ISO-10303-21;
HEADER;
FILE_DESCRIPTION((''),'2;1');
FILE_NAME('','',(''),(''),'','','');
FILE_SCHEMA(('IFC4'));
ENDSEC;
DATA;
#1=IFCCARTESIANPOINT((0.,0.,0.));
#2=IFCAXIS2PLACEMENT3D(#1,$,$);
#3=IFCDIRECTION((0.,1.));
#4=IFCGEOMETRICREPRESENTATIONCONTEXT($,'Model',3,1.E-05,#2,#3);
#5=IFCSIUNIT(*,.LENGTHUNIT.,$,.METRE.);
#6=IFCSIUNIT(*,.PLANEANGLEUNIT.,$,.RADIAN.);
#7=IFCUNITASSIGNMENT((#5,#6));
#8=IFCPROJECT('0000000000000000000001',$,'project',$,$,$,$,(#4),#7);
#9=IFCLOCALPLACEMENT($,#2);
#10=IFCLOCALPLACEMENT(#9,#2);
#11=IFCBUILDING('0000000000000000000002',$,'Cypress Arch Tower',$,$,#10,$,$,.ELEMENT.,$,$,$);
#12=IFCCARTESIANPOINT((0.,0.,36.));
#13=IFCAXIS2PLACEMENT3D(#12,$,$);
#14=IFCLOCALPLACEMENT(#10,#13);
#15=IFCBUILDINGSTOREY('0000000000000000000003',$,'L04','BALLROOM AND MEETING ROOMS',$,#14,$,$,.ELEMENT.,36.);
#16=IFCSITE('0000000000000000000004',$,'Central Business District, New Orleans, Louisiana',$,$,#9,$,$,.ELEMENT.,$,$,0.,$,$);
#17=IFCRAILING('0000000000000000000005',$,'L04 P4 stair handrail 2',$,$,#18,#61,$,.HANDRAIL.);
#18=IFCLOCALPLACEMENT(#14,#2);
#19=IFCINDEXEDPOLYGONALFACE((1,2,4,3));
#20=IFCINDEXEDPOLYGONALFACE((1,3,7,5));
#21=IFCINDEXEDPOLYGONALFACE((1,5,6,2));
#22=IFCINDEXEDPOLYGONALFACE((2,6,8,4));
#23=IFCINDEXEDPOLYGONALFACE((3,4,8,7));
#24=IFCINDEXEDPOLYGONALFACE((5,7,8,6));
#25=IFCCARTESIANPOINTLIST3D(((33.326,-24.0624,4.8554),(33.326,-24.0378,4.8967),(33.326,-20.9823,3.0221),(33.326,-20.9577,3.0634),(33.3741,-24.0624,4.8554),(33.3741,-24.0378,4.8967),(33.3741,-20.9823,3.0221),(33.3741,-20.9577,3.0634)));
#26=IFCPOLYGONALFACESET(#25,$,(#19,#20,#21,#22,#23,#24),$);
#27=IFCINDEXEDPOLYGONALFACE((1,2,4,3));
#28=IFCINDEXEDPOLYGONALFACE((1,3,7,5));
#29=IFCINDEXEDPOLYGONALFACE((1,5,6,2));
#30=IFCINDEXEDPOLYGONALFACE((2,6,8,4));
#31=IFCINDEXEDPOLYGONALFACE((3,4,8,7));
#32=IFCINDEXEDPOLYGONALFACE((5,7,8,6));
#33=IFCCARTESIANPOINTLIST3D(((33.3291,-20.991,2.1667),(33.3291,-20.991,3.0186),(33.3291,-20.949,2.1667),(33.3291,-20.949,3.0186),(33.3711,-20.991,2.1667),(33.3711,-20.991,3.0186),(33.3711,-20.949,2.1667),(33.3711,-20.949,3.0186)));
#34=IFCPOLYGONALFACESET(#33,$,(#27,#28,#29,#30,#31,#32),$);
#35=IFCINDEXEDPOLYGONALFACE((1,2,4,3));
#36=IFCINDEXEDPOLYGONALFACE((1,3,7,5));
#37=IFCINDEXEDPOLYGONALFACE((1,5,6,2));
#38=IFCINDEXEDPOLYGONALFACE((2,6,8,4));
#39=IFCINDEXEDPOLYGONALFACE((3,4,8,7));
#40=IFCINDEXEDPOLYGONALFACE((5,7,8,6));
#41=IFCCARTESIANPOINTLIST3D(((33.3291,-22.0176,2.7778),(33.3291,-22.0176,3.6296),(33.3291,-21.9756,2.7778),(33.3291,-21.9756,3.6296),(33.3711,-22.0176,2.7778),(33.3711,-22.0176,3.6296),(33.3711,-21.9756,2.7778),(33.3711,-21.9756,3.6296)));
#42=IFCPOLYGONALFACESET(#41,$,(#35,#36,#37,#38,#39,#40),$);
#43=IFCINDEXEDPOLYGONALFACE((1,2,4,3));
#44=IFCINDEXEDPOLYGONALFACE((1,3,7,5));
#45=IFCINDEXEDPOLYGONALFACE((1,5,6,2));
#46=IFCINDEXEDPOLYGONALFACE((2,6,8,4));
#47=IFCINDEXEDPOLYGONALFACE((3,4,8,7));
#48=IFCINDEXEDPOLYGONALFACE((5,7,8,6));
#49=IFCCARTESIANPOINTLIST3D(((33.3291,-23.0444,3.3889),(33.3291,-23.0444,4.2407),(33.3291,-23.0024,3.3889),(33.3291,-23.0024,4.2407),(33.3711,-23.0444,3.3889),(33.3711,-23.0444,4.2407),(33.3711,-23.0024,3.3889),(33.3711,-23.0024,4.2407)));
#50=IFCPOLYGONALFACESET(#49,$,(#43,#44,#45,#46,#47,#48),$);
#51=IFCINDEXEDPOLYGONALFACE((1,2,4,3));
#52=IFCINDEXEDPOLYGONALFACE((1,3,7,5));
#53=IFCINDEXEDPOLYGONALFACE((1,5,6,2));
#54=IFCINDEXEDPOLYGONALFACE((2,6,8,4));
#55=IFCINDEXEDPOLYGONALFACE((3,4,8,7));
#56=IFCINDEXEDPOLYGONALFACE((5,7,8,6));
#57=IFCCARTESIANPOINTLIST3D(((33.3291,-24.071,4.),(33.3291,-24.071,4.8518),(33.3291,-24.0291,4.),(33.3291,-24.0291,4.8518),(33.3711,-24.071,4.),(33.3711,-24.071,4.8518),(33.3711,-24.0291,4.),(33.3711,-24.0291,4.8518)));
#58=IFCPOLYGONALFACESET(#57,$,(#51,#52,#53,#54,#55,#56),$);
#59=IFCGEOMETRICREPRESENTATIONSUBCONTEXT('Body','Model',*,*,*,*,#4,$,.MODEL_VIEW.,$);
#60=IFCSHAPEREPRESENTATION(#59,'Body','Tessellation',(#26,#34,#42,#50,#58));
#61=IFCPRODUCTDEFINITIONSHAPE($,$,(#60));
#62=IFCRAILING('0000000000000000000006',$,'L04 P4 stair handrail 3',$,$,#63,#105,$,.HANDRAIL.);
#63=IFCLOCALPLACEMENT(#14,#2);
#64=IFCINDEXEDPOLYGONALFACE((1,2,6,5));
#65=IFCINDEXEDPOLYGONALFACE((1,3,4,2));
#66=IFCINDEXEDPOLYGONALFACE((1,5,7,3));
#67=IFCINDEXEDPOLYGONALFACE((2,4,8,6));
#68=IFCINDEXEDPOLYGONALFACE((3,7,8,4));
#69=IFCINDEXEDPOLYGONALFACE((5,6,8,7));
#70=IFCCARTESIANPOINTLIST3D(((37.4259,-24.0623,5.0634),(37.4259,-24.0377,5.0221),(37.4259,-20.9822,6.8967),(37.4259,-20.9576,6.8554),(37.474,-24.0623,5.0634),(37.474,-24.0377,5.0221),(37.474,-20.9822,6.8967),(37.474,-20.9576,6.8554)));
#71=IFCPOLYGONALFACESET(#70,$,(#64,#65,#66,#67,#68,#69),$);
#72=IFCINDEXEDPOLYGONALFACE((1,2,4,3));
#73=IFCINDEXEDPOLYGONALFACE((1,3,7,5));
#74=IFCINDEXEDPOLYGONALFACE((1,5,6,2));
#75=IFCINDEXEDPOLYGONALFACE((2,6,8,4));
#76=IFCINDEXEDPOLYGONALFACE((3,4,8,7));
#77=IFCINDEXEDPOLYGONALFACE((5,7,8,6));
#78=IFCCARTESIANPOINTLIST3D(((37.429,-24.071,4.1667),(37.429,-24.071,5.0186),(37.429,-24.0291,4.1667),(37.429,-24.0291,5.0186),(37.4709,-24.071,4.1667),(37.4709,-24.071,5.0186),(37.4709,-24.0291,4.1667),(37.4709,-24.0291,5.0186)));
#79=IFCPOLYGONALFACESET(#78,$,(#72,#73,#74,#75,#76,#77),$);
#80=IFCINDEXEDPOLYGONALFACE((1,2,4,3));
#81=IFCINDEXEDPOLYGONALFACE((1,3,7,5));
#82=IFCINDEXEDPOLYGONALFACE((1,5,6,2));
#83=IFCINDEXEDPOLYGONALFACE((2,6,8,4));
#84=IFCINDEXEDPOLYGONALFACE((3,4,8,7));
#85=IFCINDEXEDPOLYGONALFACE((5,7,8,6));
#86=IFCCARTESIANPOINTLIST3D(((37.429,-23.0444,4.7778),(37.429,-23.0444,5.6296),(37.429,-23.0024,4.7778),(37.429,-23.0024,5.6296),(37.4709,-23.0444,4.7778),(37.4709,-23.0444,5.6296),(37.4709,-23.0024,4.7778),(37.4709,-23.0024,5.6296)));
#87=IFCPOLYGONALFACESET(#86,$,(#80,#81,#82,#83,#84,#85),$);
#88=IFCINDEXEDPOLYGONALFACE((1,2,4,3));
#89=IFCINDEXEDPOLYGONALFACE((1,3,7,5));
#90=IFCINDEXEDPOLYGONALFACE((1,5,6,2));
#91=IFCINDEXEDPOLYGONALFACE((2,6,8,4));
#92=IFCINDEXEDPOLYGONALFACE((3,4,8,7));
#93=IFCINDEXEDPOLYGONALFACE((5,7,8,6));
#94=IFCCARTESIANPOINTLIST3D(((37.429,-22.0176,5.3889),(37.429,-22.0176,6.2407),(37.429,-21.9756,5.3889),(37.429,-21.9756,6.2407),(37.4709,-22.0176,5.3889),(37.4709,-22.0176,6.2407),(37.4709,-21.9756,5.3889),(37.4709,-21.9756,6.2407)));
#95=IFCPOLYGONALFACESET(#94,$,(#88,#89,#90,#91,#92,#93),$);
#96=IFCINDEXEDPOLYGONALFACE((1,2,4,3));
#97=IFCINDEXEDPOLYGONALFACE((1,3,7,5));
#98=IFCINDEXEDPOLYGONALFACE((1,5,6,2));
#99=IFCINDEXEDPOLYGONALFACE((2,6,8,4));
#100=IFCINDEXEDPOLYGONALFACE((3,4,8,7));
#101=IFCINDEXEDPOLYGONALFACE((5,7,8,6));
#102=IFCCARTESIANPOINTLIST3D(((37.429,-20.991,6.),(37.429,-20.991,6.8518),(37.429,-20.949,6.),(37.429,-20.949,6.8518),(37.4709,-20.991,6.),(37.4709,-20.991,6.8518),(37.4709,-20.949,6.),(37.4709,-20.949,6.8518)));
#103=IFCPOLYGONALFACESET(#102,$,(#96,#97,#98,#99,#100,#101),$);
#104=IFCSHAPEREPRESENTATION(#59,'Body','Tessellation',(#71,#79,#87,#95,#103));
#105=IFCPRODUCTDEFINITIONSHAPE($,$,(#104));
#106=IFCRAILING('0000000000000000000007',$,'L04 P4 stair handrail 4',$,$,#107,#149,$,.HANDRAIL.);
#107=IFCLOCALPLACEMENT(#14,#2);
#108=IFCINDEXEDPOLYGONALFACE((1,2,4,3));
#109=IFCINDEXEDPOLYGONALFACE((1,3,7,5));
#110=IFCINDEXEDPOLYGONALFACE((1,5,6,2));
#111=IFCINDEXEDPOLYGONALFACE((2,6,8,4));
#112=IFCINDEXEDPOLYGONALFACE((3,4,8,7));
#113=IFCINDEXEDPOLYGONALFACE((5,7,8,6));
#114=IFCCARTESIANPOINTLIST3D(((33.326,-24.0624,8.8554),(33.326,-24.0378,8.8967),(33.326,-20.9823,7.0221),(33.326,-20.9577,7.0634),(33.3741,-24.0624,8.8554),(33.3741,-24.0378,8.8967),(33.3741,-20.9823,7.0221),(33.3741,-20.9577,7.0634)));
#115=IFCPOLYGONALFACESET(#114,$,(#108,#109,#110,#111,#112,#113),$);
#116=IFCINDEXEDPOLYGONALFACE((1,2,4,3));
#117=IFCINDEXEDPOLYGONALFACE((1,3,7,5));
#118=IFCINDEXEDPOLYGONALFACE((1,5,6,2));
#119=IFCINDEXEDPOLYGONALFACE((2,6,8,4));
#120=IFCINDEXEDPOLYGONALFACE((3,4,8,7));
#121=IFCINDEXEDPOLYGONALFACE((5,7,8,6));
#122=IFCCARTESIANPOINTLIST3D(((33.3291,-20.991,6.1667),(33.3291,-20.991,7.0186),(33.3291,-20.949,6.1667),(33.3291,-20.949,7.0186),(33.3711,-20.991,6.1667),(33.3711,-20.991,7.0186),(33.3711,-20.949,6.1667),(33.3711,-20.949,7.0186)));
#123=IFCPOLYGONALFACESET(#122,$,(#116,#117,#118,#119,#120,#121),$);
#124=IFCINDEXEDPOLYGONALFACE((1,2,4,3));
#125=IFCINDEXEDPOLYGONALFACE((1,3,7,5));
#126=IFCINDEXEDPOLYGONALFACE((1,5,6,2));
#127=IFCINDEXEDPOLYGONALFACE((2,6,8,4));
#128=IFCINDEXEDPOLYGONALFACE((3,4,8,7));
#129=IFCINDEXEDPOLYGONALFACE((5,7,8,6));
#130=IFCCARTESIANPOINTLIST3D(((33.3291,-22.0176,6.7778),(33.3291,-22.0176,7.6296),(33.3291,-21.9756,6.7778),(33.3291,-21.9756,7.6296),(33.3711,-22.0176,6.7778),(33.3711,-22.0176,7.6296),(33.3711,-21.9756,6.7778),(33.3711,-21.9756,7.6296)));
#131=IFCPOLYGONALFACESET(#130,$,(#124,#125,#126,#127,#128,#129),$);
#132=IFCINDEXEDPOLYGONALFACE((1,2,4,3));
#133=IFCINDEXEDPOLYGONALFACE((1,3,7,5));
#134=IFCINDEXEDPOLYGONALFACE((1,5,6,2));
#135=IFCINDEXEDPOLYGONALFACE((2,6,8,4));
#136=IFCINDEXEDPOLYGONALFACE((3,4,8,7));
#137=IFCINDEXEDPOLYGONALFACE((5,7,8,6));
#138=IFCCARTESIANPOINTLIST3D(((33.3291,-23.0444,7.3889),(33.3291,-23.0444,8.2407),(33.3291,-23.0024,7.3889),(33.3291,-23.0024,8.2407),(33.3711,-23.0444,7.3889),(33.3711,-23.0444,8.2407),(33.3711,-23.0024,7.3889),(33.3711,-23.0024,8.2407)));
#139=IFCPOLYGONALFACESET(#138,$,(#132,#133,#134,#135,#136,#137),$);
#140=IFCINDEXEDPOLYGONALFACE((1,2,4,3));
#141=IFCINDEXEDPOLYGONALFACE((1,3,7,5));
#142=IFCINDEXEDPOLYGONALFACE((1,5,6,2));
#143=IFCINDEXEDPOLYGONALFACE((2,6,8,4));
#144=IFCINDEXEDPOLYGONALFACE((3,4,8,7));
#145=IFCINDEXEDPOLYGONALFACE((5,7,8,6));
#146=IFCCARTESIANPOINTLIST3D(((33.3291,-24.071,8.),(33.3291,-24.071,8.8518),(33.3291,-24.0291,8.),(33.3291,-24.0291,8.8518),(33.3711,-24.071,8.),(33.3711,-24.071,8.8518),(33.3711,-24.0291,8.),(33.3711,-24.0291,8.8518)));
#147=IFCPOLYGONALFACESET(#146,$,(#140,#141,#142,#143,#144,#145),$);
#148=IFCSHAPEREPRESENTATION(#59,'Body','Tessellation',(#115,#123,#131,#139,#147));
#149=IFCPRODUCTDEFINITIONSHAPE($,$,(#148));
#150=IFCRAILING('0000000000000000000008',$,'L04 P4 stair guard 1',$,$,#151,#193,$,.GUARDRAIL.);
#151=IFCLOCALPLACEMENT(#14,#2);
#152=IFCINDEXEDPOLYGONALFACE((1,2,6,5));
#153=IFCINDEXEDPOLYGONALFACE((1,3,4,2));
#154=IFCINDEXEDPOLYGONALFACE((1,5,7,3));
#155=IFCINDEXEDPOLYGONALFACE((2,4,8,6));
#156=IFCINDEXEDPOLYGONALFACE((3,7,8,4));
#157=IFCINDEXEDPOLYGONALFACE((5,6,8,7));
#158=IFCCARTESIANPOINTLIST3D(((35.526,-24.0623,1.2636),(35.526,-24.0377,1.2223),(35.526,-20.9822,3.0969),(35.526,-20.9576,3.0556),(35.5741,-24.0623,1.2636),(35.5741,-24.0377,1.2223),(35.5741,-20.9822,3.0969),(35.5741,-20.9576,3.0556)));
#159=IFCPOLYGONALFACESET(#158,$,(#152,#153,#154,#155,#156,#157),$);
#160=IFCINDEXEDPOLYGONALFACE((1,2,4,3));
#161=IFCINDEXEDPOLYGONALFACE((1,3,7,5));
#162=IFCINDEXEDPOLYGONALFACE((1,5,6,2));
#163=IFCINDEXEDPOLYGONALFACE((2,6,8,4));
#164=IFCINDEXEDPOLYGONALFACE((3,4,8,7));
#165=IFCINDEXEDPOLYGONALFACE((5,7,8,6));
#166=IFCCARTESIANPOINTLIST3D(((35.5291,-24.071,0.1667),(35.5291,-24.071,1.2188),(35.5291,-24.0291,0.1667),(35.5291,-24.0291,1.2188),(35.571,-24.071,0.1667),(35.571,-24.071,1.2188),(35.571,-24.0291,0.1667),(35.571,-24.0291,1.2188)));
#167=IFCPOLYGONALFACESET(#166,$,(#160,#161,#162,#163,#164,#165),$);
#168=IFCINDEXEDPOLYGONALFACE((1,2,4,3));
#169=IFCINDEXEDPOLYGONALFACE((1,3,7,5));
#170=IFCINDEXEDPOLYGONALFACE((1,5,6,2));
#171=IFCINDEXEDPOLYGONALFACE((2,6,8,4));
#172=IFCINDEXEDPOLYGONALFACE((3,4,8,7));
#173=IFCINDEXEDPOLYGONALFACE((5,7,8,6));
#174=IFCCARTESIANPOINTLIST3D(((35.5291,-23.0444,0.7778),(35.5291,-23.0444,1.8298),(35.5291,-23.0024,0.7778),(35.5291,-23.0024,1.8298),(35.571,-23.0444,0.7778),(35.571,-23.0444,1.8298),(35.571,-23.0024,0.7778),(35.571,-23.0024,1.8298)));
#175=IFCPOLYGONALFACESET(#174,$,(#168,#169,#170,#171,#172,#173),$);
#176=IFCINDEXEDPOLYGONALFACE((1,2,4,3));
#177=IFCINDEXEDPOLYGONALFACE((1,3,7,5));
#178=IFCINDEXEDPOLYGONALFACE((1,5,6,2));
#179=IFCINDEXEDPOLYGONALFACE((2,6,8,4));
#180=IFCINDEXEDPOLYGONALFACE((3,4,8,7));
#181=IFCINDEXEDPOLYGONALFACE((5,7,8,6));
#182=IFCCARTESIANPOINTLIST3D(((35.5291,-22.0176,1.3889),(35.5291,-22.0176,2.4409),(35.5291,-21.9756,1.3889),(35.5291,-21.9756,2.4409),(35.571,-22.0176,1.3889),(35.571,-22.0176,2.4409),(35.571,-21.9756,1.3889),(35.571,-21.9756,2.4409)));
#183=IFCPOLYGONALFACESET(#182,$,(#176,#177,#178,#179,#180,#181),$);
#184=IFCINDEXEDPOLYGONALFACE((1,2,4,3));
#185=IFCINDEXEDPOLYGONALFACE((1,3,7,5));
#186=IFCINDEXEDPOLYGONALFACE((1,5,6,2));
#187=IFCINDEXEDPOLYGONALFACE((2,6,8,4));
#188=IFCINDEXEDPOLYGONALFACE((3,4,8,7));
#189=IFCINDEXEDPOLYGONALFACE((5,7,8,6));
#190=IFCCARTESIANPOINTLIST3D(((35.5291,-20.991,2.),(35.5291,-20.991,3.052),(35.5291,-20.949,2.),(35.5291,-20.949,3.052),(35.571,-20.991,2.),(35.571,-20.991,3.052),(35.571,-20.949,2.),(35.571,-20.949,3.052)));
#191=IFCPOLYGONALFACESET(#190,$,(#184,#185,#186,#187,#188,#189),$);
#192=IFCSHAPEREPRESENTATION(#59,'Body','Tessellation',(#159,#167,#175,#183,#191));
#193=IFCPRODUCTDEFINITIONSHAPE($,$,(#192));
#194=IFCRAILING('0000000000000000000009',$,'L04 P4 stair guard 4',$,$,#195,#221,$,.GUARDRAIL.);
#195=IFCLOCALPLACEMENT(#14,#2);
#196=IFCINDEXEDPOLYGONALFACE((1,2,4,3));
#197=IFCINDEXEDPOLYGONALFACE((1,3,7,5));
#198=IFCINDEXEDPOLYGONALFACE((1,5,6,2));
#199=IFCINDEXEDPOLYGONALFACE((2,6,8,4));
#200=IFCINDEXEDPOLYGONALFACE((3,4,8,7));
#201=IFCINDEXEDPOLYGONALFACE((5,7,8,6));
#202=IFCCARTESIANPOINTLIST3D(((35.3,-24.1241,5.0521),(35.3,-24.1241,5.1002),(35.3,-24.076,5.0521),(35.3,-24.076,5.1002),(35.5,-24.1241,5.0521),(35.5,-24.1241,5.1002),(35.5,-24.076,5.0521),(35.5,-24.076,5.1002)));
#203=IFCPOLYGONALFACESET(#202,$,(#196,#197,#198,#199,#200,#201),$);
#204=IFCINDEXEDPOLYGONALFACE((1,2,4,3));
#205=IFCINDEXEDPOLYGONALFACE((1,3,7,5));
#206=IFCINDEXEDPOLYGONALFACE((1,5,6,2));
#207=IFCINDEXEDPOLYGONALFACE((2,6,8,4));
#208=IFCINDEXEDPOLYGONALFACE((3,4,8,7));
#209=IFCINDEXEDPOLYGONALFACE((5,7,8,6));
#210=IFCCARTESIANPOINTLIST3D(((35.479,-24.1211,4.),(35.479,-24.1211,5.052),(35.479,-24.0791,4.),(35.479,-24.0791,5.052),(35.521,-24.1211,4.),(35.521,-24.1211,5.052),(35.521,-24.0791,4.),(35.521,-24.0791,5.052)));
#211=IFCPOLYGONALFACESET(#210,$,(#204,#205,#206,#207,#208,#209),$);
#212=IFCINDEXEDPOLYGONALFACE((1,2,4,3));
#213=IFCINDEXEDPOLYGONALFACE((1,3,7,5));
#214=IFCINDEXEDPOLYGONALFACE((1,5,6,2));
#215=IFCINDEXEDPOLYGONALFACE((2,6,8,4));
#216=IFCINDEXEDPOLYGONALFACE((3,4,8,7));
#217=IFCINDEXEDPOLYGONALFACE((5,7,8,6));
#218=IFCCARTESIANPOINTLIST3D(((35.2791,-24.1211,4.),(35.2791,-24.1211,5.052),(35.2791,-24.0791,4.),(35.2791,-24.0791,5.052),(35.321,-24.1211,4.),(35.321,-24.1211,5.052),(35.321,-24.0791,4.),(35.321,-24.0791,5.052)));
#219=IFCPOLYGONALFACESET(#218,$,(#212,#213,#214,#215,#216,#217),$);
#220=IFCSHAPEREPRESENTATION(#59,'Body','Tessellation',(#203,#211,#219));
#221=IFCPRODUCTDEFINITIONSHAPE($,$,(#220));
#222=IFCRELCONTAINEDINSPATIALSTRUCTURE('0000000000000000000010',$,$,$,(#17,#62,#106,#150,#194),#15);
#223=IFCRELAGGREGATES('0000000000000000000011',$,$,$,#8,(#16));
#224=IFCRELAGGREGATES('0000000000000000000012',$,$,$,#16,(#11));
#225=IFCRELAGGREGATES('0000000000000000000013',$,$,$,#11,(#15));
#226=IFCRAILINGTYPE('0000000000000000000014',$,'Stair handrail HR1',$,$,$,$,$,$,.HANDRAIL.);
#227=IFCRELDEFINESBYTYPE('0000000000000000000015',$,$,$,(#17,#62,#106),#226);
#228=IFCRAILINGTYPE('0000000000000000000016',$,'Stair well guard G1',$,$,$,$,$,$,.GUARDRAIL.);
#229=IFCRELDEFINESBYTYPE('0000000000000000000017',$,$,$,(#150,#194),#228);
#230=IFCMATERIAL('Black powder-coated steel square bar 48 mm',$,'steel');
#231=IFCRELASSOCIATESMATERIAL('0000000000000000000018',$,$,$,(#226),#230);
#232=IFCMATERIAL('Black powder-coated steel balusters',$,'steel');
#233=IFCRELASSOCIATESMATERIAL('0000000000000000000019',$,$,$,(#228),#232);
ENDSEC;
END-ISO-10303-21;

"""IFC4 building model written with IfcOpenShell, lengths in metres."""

from ifc_helpers import new_model, si_unit, direction, frame, origin, origin_2d, place, context, subcontext, project, spatial, rectangle, extrude, material, type_object, element, save


model = new_model("IFC4")

# Units and contexts
model_context = context("Model", 3, precision=1e-05, world=origin(), true_north=direction((0.0, 1.0)))
body_context = subcontext(model_context, "Body", "Model", "MODEL_VIEW")
ifc_project = project(units=[si_unit("LENGTHUNIT", "METRE"), si_unit("PLANEANGLEUNIT", "RADIAN")], contexts=[model_context])

# Site, building, storey
site_placement = place(None, origin())
site = spatial("IfcSite", under=ifc_project, at=site_placement, Name="Central Business District, New Orleans, Louisiana", CompositionType="ELEMENT", RefElevation=0.0)
building_placement = place(site_placement, origin())
building = spatial("IfcBuilding", under=site, at=building_placement, Name="Cypress Arch Tower", CompositionType="ELEMENT")
storey_placement = place(building_placement, frame((0.0, 0.0, 36.0)))
storey = spatial("IfcBuildingStorey", under=building, at=storey_placement, Name="L04", Description="BALLROOM AND MEETING ROOMS", CompositionType="ELEMENT", Elevation=36.0)

# Railings
ifc_material_1 = material(Name="Black powder-coated steel square bar 48 mm", Category="steel")
railing_type_1 = type_object("IfcRailingType", Name="Stair handrail HR1", PredefinedType="HANDRAIL", material=ifc_material_1)
railing_1_placement = place(storey_placement, frame((33.3501, -20.97, 2.1667)))
element("IfcRailing", 1, at=railing_1_placement, inside=storey, type_object=railing_type_1, Name="L04 P4 stair handrail 2", PredefinedType="HANDRAIL", context=body_context, shape_type="SweptSolid", body=[
    extrude(rectangle(XDim=0.0481, YDim=0.0481, at=origin_2d()), frame((0.0, 0.0, 0.876), z_axis=(0.0, -0.859309, 0.511458), x_axis=(1.0, 0.0, 0.0)), (0.0, 0.0, 1.0), 3.5845),
    extrude(rectangle(XDim=0.042, YDim=0.042, at=origin_2d()), origin(), (0.0, 0.0, 1.0), 0.8518),
    extrude(rectangle(XDim=0.042, YDim=0.042, at=origin_2d()), frame((0.0, -1.0266, 0.6111)), (0.0, 0.0, 1.0), 0.8518),
    extrude(rectangle(XDim=0.042, YDim=0.042, at=origin_2d()), frame((0.0, -2.0535, 1.2222)), (0.0, 0.0, 1.0), 0.8518),
    extrude(rectangle(XDim=0.042, YDim=0.042, at=origin_2d()), frame((0.0, -3.0801, 1.8333)), (0.0, 0.0, 1.0), 0.8518),
])
railing_2_placement = place(storey_placement, frame((37.45, -24.05, 4.1667)))
element("IfcRailing", 2, at=railing_2_placement, inside=storey, type_object=railing_type_1, Name="L04 P4 stair handrail 3", PredefinedType="HANDRAIL", context=body_context, shape_type="SweptSolid", body=[
    extrude(rectangle(XDim=0.0481, YDim=0.0481, at=origin_2d()), frame((0.0, 0.0, 0.876), z_axis=(0.0, 0.859309, 0.511458), x_axis=(-1.0, 0.0, 0.0)), (0.0, 0.0, 1.0), 3.5845),
    extrude(rectangle(XDim=0.042, YDim=0.042, at=origin_2d()), origin(), (0.0, 0.0, 1.0), 0.8518),
    extrude(rectangle(XDim=0.042, YDim=0.042, at=origin_2d()), frame((0.0, 1.0266, 0.6111)), (0.0, 0.0, 1.0), 0.8518),
    extrude(rectangle(XDim=0.042, YDim=0.042, at=origin_2d()), frame((0.0, 2.0535, 1.2222)), (0.0, 0.0, 1.0), 0.8518),
    extrude(rectangle(XDim=0.042, YDim=0.042, at=origin_2d()), frame((0.0, 3.0801, 1.8333)), (0.0, 0.0, 1.0), 0.8518),
])
railing_3_placement = place(storey_placement, frame((33.3501, -20.97, 6.1667)))
element("IfcRailing", 3, at=railing_3_placement, inside=storey, type_object=railing_type_1, Name="L04 P4 stair handrail 4", PredefinedType="HANDRAIL", context=body_context, shape_type="SweptSolid", body=[
    extrude(rectangle(XDim=0.0481, YDim=0.0481, at=origin_2d()), frame((0.0, 0.0, 0.876), z_axis=(0.0, -0.859309, 0.511458), x_axis=(1.0, 0.0, 0.0)), (0.0, 0.0, 1.0), 3.5845),
    extrude(rectangle(XDim=0.042, YDim=0.042, at=origin_2d()), origin(), (0.0, 0.0, 1.0), 0.8518),
    extrude(rectangle(XDim=0.042, YDim=0.042, at=origin_2d()), frame((0.0, -1.0266, 0.6111)), (0.0, 0.0, 1.0), 0.8518),
    extrude(rectangle(XDim=0.042, YDim=0.042, at=origin_2d()), frame((0.0, -2.0535, 1.2222)), (0.0, 0.0, 1.0), 0.8518),
    extrude(rectangle(XDim=0.042, YDim=0.042, at=origin_2d()), frame((0.0, -3.0801, 1.8333)), (0.0, 0.0, 1.0), 0.8518),
])
ifc_material_2 = material(Name="Black powder-coated steel balusters", Category="steel")
railing_type_2 = type_object("IfcRailingType", Name="Stair well guard G1", PredefinedType="GUARDRAIL", material=ifc_material_2)
railing_4_placement = place(storey_placement, frame((35.55, -24.05, 0.1667)))
element("IfcRailing", 4, at=railing_4_placement, inside=storey, type_object=railing_type_2, Name="L04 P4 stair guard 1", PredefinedType="GUARDRAIL", context=body_context, shape_type="SweptSolid", body=[
    extrude(rectangle(XDim=0.0481, YDim=0.0481, at=origin_2d()), frame((0.0, 0.0, 1.0762), z_axis=(0.0, 0.859309, 0.511458), x_axis=(-1.0, 0.0, 0.0)), (0.0, 0.0, 1.0), 3.5845),
    extrude(rectangle(XDim=0.042, YDim=0.042, at=origin_2d()), origin(), (0.0, 0.0, 1.0), 1.052),
    extrude(rectangle(XDim=0.042, YDim=0.042, at=origin_2d()), frame((0.0, 1.0266, 0.6111)), (0.0, 0.0, 1.0), 1.052),
    extrude(rectangle(XDim=0.042, YDim=0.042, at=origin_2d()), frame((0.0, 2.0535, 1.2222)), (0.0, 0.0, 1.0), 1.052),
    extrude(rectangle(XDim=0.042, YDim=0.042, at=origin_2d()), frame((0.0, 3.0801, 1.8333)), (0.0, 0.0, 1.0), 1.052),
])
railing_5_placement = place(storey_placement, frame((35.5, -24.1001, 4.0)))
element("IfcRailing", 5, at=railing_5_placement, inside=storey, type_object=railing_type_2, Name="L04 P4 stair guard 4", PredefinedType="GUARDRAIL", context=body_context, shape_type="SweptSolid", body=[
    extrude(rectangle(XDim=0.0481, YDim=0.0481, at=origin_2d()), frame((0.0, 0.0, 1.0762), z_axis=(-1.0, 0.0, 0.0), x_axis=(0.0, -1.0, 0.0)), (0.0, 0.0, 1.0), 0.2),
    extrude(rectangle(XDim=0.042, YDim=0.042, at=origin_2d()), origin(), (0.0, 0.0, 1.0), 1.052),
    extrude(rectangle(XDim=0.042, YDim=0.042, at=origin_2d()), frame((-0.2, 0.0, 0.0)), (0.0, 0.0, 1.0), 1.052),
])

save(model, "model.ifc")
